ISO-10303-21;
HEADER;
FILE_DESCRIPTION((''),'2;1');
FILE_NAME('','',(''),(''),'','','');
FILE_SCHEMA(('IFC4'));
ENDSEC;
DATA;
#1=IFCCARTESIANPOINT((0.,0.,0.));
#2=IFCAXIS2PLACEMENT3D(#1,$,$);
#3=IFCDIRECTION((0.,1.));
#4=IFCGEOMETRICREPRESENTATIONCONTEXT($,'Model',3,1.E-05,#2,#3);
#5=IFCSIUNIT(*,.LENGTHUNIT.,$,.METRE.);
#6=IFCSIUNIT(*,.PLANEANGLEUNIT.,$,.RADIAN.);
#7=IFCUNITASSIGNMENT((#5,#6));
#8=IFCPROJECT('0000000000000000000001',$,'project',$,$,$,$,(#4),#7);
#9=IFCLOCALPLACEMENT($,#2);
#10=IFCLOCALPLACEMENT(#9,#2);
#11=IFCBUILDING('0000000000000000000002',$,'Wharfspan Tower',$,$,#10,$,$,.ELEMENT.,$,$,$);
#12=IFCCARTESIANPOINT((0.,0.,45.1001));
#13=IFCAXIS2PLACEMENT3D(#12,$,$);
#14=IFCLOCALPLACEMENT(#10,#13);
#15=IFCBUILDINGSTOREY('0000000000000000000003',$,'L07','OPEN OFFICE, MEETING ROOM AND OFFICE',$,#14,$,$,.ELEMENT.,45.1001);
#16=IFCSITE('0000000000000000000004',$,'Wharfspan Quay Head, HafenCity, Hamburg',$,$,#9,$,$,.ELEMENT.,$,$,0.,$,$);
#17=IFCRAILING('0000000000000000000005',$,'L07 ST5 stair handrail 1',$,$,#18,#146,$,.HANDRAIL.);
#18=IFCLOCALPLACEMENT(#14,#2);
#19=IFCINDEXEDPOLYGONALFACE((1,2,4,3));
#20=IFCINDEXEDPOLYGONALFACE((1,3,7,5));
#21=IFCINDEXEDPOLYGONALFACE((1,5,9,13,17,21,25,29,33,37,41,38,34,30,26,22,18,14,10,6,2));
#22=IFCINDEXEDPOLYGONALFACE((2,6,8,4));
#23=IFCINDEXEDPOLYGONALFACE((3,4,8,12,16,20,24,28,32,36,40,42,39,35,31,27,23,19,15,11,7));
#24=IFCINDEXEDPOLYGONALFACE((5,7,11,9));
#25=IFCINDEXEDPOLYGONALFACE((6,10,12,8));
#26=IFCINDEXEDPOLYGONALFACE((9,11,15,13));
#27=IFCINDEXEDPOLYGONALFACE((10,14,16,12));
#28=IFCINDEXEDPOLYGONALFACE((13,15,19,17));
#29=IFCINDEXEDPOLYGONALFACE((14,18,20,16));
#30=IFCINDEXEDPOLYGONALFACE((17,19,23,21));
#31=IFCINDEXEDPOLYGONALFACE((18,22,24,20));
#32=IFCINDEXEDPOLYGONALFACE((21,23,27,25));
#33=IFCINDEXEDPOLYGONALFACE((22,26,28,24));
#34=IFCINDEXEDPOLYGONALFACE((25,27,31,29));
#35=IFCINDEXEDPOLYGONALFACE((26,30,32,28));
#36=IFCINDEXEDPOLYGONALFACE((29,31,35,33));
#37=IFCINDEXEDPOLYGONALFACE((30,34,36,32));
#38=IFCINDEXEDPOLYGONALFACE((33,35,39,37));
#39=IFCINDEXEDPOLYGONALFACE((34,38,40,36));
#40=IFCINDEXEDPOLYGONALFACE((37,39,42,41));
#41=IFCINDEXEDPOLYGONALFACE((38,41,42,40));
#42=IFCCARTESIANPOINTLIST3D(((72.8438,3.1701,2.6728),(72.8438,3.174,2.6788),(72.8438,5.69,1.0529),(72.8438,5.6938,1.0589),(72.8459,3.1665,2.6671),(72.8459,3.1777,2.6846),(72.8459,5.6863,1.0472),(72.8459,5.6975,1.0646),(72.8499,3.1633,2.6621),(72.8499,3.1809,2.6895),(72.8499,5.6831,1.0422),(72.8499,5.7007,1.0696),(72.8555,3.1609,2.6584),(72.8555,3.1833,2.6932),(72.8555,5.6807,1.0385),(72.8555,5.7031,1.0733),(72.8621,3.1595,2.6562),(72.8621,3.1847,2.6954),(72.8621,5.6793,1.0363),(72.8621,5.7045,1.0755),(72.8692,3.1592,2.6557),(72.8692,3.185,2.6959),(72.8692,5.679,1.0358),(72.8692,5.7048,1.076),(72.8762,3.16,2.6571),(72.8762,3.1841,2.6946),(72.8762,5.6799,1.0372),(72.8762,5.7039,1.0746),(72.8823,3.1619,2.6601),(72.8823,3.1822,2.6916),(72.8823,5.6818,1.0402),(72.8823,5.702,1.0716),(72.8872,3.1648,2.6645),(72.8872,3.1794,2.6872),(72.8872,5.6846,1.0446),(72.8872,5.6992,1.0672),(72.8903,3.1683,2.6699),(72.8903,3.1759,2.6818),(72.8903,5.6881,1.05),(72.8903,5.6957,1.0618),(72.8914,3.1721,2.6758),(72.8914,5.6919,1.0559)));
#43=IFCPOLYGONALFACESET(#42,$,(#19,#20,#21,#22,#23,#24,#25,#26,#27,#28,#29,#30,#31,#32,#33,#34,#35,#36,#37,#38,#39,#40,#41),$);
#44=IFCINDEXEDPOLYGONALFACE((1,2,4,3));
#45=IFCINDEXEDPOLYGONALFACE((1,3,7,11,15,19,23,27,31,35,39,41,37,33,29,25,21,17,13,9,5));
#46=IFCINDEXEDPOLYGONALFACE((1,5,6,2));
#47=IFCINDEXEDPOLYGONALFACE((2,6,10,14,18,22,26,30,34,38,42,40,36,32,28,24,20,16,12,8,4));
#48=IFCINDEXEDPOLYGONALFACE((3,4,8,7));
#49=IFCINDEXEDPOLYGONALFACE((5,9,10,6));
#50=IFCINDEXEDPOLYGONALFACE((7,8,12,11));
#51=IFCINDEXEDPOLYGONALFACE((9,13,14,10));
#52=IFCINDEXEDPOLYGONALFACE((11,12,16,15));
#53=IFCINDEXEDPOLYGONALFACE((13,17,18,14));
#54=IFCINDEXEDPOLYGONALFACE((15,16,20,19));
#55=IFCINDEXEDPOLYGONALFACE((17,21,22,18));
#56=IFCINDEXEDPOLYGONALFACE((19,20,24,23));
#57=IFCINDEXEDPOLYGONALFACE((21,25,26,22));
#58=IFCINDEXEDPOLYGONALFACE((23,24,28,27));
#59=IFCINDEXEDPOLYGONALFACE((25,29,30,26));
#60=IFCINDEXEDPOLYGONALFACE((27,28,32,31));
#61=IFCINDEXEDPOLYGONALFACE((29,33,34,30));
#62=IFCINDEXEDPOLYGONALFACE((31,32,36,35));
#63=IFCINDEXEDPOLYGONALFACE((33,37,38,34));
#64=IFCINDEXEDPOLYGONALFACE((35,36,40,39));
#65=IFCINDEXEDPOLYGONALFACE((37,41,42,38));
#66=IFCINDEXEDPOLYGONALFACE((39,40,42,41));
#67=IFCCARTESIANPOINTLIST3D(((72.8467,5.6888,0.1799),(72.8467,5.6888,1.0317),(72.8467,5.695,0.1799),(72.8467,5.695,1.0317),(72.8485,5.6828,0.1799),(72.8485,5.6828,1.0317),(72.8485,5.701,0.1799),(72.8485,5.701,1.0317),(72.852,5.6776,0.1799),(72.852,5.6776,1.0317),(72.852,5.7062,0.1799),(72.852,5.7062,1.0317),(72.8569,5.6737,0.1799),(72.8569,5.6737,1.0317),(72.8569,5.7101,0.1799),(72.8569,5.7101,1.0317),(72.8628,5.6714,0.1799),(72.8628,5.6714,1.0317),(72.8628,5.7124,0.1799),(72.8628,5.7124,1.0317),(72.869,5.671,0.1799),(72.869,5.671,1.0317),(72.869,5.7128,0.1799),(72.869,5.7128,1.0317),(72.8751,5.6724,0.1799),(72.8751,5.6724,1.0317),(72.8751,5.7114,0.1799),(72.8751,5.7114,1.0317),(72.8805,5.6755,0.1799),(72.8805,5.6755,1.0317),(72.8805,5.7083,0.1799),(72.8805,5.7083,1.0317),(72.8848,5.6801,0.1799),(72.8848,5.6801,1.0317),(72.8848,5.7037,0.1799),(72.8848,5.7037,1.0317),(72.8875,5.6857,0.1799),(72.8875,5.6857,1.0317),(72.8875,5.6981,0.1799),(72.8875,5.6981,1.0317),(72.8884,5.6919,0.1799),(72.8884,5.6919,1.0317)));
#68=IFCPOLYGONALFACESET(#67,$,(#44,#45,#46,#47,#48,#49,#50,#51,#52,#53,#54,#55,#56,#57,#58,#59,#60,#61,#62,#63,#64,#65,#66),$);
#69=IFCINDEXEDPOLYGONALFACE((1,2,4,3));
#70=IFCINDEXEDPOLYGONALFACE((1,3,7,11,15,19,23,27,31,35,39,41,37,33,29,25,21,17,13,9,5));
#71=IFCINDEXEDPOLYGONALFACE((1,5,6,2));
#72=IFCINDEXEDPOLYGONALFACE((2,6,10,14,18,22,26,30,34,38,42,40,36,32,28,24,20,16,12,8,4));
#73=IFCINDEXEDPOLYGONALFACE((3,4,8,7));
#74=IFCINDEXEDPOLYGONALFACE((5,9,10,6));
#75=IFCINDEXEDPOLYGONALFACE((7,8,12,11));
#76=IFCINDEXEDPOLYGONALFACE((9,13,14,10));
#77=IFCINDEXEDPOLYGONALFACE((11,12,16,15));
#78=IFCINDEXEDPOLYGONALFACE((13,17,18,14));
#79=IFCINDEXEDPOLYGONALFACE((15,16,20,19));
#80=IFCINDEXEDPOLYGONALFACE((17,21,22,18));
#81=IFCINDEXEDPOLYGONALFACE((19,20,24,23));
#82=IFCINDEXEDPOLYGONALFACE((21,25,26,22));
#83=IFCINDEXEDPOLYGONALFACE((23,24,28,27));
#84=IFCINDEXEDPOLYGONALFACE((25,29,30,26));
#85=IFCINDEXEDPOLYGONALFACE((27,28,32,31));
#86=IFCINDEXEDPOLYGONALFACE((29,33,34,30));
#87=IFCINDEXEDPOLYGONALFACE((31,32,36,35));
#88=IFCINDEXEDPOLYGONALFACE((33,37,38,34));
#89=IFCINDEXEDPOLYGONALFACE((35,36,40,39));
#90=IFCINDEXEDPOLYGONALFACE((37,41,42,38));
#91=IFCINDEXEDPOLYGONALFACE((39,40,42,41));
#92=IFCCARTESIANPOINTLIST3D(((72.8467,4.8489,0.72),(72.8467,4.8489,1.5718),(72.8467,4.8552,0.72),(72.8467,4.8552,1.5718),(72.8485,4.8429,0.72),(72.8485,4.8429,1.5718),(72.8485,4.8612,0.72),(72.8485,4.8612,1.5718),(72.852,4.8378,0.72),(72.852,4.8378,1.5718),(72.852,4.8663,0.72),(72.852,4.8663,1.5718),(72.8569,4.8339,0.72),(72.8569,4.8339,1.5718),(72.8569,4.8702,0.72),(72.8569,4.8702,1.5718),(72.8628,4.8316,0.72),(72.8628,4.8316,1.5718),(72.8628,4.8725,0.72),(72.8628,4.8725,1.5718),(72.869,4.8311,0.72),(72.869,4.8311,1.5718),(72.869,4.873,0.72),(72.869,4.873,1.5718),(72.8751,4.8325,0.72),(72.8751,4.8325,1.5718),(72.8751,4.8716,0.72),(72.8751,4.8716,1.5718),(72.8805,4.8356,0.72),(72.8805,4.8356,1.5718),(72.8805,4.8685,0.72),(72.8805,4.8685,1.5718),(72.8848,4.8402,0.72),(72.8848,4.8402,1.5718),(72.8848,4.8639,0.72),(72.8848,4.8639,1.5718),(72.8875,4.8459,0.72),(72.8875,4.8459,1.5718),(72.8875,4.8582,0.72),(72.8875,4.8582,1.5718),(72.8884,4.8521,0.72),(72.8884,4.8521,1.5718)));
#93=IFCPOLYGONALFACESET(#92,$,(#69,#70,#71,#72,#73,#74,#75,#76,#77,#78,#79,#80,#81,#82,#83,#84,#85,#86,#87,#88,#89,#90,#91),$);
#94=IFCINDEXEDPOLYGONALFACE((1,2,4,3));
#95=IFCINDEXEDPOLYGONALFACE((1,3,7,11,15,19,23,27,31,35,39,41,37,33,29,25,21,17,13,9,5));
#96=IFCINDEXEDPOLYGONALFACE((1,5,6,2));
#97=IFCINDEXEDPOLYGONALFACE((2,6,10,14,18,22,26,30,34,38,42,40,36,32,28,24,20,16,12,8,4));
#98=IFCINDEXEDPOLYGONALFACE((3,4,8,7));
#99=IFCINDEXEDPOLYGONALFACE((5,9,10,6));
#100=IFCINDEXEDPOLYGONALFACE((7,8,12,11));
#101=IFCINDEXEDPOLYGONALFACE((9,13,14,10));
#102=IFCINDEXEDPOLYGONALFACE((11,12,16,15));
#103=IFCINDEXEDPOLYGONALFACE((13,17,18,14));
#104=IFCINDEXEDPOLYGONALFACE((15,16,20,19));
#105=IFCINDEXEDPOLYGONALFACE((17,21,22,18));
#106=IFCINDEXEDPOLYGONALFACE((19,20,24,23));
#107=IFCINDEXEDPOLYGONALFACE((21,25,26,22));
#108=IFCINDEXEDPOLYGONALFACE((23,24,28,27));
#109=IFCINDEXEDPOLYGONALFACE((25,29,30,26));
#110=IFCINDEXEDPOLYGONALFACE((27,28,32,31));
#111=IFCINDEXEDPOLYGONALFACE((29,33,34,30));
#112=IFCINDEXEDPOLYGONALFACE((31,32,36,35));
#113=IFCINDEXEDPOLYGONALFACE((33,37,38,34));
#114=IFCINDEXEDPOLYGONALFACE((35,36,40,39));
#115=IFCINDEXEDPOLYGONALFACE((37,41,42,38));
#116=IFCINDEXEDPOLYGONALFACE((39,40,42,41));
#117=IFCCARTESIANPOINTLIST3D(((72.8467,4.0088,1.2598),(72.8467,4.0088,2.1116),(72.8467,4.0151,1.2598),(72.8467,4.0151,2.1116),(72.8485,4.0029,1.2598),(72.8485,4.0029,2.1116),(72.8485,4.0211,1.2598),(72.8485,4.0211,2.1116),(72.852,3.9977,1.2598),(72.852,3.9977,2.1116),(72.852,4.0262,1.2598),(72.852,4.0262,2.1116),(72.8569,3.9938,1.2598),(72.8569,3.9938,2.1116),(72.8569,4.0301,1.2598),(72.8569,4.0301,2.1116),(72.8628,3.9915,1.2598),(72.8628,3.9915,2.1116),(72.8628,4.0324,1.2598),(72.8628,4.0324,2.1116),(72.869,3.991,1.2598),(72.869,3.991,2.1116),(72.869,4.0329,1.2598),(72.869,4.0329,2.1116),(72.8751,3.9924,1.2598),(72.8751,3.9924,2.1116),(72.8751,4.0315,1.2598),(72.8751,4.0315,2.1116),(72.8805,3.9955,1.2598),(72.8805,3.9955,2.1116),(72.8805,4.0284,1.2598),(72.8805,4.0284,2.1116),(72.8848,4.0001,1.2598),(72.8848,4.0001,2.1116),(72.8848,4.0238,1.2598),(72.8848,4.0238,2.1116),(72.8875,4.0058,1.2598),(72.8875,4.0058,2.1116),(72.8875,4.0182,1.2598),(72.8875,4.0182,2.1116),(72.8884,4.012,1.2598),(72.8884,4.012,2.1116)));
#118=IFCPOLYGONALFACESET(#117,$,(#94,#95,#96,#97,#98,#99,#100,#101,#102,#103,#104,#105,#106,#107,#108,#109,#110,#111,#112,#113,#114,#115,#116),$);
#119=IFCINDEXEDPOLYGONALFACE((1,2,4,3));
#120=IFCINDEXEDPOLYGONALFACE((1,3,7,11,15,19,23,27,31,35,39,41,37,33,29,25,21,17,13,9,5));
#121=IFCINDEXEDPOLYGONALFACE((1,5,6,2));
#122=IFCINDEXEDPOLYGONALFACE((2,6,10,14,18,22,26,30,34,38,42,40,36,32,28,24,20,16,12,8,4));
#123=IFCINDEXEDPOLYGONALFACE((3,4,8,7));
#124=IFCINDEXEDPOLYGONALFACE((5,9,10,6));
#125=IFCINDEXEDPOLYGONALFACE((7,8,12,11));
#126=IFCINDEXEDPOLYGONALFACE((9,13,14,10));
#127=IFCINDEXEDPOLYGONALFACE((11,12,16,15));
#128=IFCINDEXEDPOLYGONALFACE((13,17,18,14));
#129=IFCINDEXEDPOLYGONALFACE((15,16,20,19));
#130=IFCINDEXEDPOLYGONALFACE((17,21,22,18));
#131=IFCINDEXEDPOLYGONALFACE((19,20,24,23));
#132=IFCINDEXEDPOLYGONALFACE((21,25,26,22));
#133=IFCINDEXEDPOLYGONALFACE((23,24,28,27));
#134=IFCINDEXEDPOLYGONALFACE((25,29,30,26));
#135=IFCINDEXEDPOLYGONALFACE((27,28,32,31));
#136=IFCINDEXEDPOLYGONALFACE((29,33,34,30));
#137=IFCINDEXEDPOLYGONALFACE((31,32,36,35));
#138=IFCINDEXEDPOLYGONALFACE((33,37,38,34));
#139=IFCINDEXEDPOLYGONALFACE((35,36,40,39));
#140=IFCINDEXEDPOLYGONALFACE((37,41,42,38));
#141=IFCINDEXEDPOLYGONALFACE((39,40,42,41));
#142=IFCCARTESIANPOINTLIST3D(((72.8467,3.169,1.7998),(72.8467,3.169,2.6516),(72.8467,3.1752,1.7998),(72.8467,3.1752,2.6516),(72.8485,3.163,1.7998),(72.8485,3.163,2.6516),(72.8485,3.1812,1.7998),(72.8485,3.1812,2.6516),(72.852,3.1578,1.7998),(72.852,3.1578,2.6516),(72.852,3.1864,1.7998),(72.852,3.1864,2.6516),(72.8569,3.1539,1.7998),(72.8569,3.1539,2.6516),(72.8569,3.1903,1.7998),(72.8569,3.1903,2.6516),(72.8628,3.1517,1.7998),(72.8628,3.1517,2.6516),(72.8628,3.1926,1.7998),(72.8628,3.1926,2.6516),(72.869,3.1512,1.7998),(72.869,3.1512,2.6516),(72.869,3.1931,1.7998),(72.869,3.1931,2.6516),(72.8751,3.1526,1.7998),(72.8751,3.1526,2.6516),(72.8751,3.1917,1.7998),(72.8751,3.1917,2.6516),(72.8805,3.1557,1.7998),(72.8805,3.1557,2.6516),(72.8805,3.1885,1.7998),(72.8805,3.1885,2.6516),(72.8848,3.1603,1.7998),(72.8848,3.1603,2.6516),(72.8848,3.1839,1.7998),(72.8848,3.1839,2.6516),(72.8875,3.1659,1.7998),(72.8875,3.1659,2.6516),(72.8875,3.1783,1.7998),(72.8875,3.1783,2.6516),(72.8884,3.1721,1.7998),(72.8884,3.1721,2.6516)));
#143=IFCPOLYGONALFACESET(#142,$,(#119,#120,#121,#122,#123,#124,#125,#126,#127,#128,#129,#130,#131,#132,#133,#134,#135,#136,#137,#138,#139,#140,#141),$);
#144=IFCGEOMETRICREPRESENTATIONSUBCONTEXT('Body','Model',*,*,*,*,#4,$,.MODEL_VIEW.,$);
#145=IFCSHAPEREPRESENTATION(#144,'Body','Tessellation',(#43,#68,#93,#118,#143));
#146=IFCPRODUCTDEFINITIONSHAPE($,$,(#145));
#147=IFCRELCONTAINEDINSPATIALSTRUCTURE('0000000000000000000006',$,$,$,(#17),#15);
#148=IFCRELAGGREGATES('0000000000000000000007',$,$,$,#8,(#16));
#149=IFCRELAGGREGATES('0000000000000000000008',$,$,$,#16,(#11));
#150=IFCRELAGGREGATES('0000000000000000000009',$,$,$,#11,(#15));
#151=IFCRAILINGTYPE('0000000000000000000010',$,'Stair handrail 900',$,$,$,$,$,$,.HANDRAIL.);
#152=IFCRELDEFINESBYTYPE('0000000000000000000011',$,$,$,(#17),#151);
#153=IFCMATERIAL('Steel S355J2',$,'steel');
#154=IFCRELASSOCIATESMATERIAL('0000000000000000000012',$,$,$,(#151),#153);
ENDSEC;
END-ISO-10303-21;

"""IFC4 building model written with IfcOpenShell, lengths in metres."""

from ifc_helpers import new_model, si_unit, direction, frame, origin, origin_2d, place, context, subcontext, project, spatial, circle, extrude, material, type_object, element, save


model = new_model("IFC4")

# Units and contexts
model_context = context("Model", 3, precision=1e-05, world=origin(), true_north=direction((0.0, 1.0)))
body_context = subcontext(model_context, "Body", "Model", "MODEL_VIEW")
ifc_project = project(units=[si_unit("LENGTHUNIT", "METRE"), si_unit("PLANEANGLEUNIT", "RADIAN")], contexts=[model_context])

# Site, building, storey
site_placement = place(None, origin())
site = spatial("IfcSite", under=ifc_project, at=site_placement, Name="Wharfspan Quay Head, HafenCity, Hamburg", CompositionType="ELEMENT", RefElevation=0.0)
building_placement = place(site_placement, origin())
building = spatial("IfcBuilding", under=site, at=building_placement, Name="Wharfspan Tower", CompositionType="ELEMENT")
storey_placement = place(building_placement, frame((0.0, 0.0, 45.1001)))
storey = spatial("IfcBuildingStorey", under=building, at=storey_placement, Name="L07", Description="OPEN OFFICE, MEETING ROOM AND OFFICE", CompositionType="ELEMENT", Elevation=45.1001)

# Shared definitions
ifc_material_1 = material(Name="Steel S355J2", Category="steel")

# Railing
railing_type_1 = type_object("IfcRailingType", Name="Stair handrail 900", PredefinedType="HANDRAIL", material=ifc_material_1)
railing_1_placement = place(storey_placement, frame((72.8674, 5.6919, 0.1799)))
element("IfcRailing", 1, at=railing_1_placement, inside=storey, type_object=railing_type_1, Name="L07 ST5 stair handrail 1", PredefinedType="HANDRAIL", context=body_context, shape_type="SweptSolid", body=[
    extrude(circle(Radius=0.0239, at=origin_2d()), frame((0.0, 0.0, 0.876), z_axis=(0.0, -0.841176, 0.540762), x_axis=(1.0, 0.0, 0.0)), (0.0, 0.0, 1.0), 2.9956),
    extrude(circle(Radius=0.021, at=origin_2d()), origin(), (0.0, 0.0, 1.0), 0.8518),
    extrude(circle(Radius=0.021, at=origin_2d()), frame((0.0, -0.8398, 0.54)), (0.0, 0.0, 1.0), 0.8518),
    extrude(circle(Radius=0.021, at=origin_2d()), frame((0.0, -1.6799, 1.0798)), (0.0, 0.0, 1.0), 0.8518),
    extrude(circle(Radius=0.021, at=origin_2d()), frame((0.0, -2.5198, 1.6199)), (0.0, 0.0, 1.0), 0.8518),
])

save(model, "model.ifc")
